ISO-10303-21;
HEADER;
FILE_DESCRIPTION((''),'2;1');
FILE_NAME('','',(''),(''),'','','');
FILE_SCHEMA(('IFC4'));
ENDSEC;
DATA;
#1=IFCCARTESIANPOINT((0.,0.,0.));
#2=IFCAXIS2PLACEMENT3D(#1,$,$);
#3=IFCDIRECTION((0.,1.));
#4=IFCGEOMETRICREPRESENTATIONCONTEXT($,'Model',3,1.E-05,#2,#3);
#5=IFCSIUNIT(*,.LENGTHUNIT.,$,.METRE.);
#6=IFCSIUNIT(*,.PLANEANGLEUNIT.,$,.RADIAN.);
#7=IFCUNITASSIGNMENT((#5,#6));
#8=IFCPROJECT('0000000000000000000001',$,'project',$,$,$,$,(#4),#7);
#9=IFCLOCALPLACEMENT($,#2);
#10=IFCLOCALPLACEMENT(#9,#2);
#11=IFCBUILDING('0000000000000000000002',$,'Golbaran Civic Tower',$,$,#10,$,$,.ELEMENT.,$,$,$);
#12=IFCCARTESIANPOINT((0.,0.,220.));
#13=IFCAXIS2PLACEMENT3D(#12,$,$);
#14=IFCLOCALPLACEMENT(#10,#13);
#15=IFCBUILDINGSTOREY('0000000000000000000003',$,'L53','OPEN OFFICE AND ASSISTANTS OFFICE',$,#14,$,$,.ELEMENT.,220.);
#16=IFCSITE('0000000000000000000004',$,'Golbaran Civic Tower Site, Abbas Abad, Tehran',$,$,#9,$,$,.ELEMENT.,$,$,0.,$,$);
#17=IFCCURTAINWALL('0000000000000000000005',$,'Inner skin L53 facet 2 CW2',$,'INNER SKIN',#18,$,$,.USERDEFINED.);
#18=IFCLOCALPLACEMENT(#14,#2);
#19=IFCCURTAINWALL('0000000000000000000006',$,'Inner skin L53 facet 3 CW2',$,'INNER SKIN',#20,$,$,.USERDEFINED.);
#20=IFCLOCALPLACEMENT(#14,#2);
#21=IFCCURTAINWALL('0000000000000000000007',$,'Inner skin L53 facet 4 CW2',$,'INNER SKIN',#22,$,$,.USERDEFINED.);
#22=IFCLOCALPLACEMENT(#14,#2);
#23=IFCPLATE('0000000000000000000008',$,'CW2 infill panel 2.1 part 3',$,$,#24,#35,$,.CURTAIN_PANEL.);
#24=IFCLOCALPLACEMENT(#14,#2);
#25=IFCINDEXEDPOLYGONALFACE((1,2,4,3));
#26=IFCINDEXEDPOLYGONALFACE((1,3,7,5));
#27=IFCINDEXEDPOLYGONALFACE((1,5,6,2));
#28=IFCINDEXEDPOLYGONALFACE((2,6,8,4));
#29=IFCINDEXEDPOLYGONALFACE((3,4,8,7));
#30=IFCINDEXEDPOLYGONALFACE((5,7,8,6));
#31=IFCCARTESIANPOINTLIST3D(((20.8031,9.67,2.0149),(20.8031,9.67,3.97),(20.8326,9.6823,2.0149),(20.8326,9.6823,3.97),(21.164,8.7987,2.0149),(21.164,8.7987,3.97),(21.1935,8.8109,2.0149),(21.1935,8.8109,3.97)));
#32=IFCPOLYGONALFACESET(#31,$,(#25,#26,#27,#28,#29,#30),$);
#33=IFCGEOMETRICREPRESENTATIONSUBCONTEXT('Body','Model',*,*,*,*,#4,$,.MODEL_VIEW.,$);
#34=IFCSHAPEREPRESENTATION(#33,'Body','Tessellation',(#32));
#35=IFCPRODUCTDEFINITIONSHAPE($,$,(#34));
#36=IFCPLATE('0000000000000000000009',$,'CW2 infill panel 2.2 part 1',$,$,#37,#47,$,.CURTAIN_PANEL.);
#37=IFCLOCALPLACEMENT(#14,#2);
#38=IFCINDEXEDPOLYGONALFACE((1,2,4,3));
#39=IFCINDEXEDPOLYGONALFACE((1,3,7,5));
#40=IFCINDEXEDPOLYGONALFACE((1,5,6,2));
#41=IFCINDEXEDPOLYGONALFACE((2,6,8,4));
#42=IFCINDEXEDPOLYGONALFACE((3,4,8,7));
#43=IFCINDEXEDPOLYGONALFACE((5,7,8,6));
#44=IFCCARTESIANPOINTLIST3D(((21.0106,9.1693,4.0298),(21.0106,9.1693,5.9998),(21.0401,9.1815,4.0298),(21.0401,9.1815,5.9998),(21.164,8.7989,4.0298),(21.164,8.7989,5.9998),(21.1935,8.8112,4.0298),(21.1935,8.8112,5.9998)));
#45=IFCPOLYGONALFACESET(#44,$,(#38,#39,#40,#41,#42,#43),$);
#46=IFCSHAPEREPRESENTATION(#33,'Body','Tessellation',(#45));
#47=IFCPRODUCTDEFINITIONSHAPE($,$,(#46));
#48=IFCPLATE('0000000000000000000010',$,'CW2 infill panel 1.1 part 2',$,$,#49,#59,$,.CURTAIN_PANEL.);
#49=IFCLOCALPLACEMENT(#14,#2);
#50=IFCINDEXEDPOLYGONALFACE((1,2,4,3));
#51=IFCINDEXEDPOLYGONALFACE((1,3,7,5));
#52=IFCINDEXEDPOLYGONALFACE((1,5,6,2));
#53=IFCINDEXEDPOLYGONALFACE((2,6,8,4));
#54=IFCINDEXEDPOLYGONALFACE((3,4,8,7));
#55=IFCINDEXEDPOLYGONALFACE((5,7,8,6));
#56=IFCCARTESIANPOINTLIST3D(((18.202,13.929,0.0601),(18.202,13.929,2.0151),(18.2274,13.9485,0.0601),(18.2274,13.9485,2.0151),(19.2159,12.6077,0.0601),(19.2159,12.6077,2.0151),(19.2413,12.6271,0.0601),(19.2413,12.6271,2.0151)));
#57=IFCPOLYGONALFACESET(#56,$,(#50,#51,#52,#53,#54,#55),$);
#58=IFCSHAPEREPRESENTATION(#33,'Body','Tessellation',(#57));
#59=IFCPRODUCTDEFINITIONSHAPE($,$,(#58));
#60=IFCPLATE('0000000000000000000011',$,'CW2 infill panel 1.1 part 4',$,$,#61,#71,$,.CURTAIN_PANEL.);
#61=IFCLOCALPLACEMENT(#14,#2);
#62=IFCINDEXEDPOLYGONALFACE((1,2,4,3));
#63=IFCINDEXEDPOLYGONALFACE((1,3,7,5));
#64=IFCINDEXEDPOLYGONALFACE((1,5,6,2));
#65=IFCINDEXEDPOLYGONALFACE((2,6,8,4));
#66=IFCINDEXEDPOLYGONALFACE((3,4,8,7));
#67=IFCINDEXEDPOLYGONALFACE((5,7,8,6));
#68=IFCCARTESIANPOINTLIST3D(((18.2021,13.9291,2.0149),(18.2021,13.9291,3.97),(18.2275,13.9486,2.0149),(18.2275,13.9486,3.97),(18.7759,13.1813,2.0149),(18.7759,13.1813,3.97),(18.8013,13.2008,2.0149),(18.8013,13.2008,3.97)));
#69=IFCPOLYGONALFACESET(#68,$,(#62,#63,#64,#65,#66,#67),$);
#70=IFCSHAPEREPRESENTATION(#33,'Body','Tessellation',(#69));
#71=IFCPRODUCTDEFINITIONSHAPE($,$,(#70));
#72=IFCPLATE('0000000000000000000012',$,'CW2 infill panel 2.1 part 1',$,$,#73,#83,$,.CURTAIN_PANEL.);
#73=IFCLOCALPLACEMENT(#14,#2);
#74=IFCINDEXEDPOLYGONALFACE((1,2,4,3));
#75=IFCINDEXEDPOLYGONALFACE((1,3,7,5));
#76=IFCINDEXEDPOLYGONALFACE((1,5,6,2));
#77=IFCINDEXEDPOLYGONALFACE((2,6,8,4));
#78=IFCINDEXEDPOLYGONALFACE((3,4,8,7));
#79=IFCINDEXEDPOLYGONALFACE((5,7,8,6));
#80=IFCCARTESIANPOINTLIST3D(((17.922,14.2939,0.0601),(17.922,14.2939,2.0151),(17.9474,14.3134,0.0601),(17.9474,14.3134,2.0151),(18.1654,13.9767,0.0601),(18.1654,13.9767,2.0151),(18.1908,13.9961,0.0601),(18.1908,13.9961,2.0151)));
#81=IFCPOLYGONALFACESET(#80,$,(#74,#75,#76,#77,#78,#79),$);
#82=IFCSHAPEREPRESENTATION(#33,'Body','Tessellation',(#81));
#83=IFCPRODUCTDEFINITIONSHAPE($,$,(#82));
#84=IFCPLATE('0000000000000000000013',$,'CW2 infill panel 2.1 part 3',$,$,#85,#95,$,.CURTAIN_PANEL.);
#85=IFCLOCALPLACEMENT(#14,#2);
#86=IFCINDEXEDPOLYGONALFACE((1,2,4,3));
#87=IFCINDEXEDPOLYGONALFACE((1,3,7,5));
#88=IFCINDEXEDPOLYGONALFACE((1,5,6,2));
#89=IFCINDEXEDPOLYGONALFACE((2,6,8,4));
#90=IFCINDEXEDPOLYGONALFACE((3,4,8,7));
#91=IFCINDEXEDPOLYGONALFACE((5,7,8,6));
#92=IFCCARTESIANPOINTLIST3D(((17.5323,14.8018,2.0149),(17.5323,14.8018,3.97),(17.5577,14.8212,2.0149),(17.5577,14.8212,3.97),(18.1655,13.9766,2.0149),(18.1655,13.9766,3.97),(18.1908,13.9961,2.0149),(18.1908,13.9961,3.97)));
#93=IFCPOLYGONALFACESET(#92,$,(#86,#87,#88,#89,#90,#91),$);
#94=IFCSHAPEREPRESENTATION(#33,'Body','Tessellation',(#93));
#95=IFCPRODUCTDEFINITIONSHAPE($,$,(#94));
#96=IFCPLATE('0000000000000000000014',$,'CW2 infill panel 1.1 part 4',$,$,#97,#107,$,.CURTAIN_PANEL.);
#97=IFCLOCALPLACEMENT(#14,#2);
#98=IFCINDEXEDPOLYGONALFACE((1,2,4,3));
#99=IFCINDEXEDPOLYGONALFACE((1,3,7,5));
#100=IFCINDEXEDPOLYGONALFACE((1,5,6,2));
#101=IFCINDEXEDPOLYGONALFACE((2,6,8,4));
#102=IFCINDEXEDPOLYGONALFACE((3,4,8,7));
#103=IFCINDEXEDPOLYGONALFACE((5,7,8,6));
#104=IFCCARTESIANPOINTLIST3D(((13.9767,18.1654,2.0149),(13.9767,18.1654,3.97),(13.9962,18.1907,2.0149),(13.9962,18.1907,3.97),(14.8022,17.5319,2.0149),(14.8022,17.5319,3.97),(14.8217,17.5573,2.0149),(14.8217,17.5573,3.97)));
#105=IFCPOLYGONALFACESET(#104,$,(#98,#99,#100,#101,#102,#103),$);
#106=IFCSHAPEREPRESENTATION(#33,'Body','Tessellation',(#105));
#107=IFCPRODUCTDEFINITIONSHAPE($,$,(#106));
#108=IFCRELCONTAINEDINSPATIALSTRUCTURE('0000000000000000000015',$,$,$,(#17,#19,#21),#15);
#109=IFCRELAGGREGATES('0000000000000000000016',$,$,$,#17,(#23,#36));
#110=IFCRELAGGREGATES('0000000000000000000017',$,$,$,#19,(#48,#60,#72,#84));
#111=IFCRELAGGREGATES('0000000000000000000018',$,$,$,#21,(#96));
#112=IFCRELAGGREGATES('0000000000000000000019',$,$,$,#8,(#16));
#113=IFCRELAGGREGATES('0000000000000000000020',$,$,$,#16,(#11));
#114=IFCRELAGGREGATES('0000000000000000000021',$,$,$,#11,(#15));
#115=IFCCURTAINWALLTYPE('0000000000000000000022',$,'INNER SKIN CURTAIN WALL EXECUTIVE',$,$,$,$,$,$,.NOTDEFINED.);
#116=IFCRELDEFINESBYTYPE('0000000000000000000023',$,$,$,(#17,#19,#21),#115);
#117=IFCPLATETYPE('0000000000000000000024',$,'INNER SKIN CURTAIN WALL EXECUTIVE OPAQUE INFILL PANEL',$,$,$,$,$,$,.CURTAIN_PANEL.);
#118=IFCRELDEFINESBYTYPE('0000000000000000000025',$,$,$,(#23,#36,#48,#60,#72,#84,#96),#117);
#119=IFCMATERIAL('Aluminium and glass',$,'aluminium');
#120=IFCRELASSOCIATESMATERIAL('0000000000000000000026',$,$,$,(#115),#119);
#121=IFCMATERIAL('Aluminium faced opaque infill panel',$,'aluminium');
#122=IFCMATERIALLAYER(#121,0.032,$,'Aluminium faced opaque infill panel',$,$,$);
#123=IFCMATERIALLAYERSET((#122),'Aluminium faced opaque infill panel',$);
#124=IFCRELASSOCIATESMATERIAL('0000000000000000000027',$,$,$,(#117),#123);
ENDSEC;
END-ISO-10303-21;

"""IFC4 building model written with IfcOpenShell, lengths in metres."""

from ifc_helpers import new_model, si_unit, direction, frame, origin, origin_2d, place, context, subcontext, project, spatial, rectangle, extrude, material, layer, layer_set, type_object, element, aggregate, save


model = new_model("IFC4")

# Units and contexts
model_context = context("Model", 3, precision=1e-05, world=origin(), true_north=direction((0.0, 1.0)))
body_context = subcontext(model_context, "Body", "Model", "MODEL_VIEW")
ifc_project = project(units=[si_unit("LENGTHUNIT", "METRE"), si_unit("PLANEANGLEUNIT", "RADIAN")], contexts=[model_context])

# Site, building, storey
site_placement = place(None, origin())
site = spatial("IfcSite", under=ifc_project, at=site_placement, Name="Golbaran Civic Tower Site, Abbas Abad, Tehran", CompositionType="ELEMENT", RefElevation=0.0)
building_placement = place(site_placement, origin())
building = spatial("IfcBuilding", under=site, at=building_placement, Name="Golbaran Civic Tower", CompositionType="ELEMENT")
storey_placement = place(building_placement, frame((0.0, 0.0, 220.0)))
storey = spatial("IfcBuildingStorey", under=building, at=storey_placement, Name="L53", Description="OPEN OFFICE AND ASSISTANTS OFFICE", CompositionType="ELEMENT", Elevation=220.0)

# Curtain wall
ifc_material_1 = material(Name="Aluminium and glass", Category="aluminium")
curtain_wall_type = type_object("IfcCurtainWallType", Name="INNER SKIN CURTAIN WALL EXECUTIVE", PredefinedType="NOTDEFINED", material=ifc_material_1)
curtain_wall_1_placement = place(storey_placement, origin())
curtain_wall_1 = element("IfcCurtainWall", 1, at=curtain_wall_1_placement, inside=storey, type_object=curtain_wall_type, Name="Inner skin L53 facet 2 CW2", ObjectType="INNER SKIN", PredefinedType="USERDEFINED")

# Curtain wall
curtain_wall_2_placement = place(storey_placement, origin())
curtain_wall_2 = element("IfcCurtainWall", 2, at=curtain_wall_2_placement, inside=storey, type_object=curtain_wall_type, Name="Inner skin L53 facet 3 CW2", ObjectType="INNER SKIN", PredefinedType="USERDEFINED")

# Curtain wall
curtain_wall_3_placement = place(storey_placement, origin())
curtain_wall_3 = element("IfcCurtainWall", 3, at=curtain_wall_3_placement, inside=storey, type_object=curtain_wall_type, Name="Inner skin L53 facet 4 CW2", ObjectType="INNER SKIN", PredefinedType="USERDEFINED")

# Plates
ifc_material_2 = material(Name="Aluminium faced opaque infill panel", Category="aluminium")
ifc_layer_1 = layer(ifc_material_2, 0.032, Name="Aluminium faced opaque infill panel")
ifc_layer_set_1 = layer_set([ifc_layer_1], Name="Aluminium faced opaque infill panel")
plate_type_1 = type_object("IfcPlateType", Name="INNER SKIN CURTAIN WALL EXECUTIVE OPAQUE INFILL PANEL", PredefinedType="CURTAIN_PANEL", material=ifc_layer_set_1)
plate_1_placement = place(storey_placement, frame((20.9983, 9.2405, 2.0149), z_axis=(0.0, 0.0, 1.0), x_axis=(-0.382683, 0.92388, 0.0)))
plate_1 = element("IfcPlate", 4, at=plate_1_placement, type_object=plate_type_1, Name="CW2 infill panel 2.1 part 3", PredefinedType="CURTAIN_PANEL", context=body_context, shape_type="SweptSolid", body=[
    extrude(rectangle(XDim=0.9431, YDim=0.032, at=origin_2d()), origin(), (0.0, 0.0, 1.0), 1.9551),
])
plate_2_placement = place(storey_placement, frame((21.1021, 8.9902, 4.0298), z_axis=(0.0, 0.0, 1.0), x_axis=(-0.382683, 0.92388, 0.0)))
plate_2 = element("IfcPlate", 5, at=plate_2_placement, type_object=plate_type_1, Name="CW2 infill panel 2.2 part 1", PredefinedType="CURTAIN_PANEL", context=body_context, shape_type="SweptSolid", body=[
    extrude(rectangle(XDim=0.4009, YDim=0.032, at=origin_2d()), origin(), (0.0, 0.0, 1.0), 1.97),
])
aggregate(curtain_wall_1, [plate_1, plate_2])
plate_3_placement = place(storey_placement, frame((18.7217, 13.2781, 0.0601), z_axis=(0.0, 0.0, 1.0), x_axis=(-0.608761, 0.793353, 0.0)))
plate_3 = element("IfcPlate", 6, at=plate_3_placement, type_object=plate_type_1, Name="CW2 infill panel 1.1 part 2", PredefinedType="CURTAIN_PANEL", context=body_context, shape_type="SweptSolid", body=[
    extrude(rectangle(XDim=1.6655, YDim=0.032, at=origin_2d()), origin(), (0.0, 0.0, 1.0), 1.9551),
])
plate_4_placement = place(storey_placement, frame((18.5017, 13.5649, 2.0149), z_axis=(0.0, 0.0, 1.0), x_axis=(-0.608761, 0.793353, 0.0)))
plate_4 = element("IfcPlate", 7, at=plate_4_placement, type_object=plate_type_1, Name="CW2 infill panel 1.1 part 4", PredefinedType="CURTAIN_PANEL", context=body_context, shape_type="SweptSolid", body=[
    extrude(rectangle(XDim=0.9426, YDim=0.032, at=origin_2d()), origin(), (0.0, 0.0, 1.0), 1.9551),
])
plate_5_placement = place(storey_placement, frame((18.0564, 14.145, 0.0601), z_axis=(0.0, 0.0, 1.0), x_axis=(-0.608761, 0.793353, 0.0)))
plate_5 = element("IfcPlate", 8, at=plate_5_placement, type_object=plate_type_1, Name="CW2 infill panel 2.1 part 1", PredefinedType="CURTAIN_PANEL", context=body_context, shape_type="SweptSolid", body=[
    extrude(rectangle(XDim=0.3999, YDim=0.032, at=origin_2d()), origin(), (0.0, 0.0, 1.0), 1.9551),
])
plate_6_placement = place(storey_placement, frame((17.8616, 14.3989, 2.0149), z_axis=(0.0, 0.0, 1.0), x_axis=(-0.608761, 0.793353, 0.0)))
plate_6 = element("IfcPlate", 9, at=plate_6_placement, type_object=plate_type_1, Name="CW2 infill panel 2.1 part 3", PredefinedType="CURTAIN_PANEL", context=body_context, shape_type="SweptSolid", body=[
    extrude(rectangle(XDim=1.04, YDim=0.032, at=origin_2d()), origin(), (0.0, 0.0, 1.0), 1.9551),
])
aggregate(curtain_wall_2, [plate_3, plate_4, plate_5, plate_6])
plate_7_placement = place(storey_placement, frame((14.3992, 17.8613, 2.0149), z_axis=(0.0, 0.0, 1.0), x_axis=(-0.793353, 0.608761, 0.0)))
plate_7 = element("IfcPlate", 10, at=plate_7_placement, type_object=plate_type_1, Name="CW2 infill panel 1.1 part 4", PredefinedType="CURTAIN_PANEL", context=body_context, shape_type="SweptSolid", body=[
    extrude(rectangle(XDim=1.0405, YDim=0.032, at=origin_2d()), origin(), (0.0, 0.0, 1.0), 1.9551),
])
aggregate(curtain_wall_3, [plate_7])

save(model, "model.ifc")
